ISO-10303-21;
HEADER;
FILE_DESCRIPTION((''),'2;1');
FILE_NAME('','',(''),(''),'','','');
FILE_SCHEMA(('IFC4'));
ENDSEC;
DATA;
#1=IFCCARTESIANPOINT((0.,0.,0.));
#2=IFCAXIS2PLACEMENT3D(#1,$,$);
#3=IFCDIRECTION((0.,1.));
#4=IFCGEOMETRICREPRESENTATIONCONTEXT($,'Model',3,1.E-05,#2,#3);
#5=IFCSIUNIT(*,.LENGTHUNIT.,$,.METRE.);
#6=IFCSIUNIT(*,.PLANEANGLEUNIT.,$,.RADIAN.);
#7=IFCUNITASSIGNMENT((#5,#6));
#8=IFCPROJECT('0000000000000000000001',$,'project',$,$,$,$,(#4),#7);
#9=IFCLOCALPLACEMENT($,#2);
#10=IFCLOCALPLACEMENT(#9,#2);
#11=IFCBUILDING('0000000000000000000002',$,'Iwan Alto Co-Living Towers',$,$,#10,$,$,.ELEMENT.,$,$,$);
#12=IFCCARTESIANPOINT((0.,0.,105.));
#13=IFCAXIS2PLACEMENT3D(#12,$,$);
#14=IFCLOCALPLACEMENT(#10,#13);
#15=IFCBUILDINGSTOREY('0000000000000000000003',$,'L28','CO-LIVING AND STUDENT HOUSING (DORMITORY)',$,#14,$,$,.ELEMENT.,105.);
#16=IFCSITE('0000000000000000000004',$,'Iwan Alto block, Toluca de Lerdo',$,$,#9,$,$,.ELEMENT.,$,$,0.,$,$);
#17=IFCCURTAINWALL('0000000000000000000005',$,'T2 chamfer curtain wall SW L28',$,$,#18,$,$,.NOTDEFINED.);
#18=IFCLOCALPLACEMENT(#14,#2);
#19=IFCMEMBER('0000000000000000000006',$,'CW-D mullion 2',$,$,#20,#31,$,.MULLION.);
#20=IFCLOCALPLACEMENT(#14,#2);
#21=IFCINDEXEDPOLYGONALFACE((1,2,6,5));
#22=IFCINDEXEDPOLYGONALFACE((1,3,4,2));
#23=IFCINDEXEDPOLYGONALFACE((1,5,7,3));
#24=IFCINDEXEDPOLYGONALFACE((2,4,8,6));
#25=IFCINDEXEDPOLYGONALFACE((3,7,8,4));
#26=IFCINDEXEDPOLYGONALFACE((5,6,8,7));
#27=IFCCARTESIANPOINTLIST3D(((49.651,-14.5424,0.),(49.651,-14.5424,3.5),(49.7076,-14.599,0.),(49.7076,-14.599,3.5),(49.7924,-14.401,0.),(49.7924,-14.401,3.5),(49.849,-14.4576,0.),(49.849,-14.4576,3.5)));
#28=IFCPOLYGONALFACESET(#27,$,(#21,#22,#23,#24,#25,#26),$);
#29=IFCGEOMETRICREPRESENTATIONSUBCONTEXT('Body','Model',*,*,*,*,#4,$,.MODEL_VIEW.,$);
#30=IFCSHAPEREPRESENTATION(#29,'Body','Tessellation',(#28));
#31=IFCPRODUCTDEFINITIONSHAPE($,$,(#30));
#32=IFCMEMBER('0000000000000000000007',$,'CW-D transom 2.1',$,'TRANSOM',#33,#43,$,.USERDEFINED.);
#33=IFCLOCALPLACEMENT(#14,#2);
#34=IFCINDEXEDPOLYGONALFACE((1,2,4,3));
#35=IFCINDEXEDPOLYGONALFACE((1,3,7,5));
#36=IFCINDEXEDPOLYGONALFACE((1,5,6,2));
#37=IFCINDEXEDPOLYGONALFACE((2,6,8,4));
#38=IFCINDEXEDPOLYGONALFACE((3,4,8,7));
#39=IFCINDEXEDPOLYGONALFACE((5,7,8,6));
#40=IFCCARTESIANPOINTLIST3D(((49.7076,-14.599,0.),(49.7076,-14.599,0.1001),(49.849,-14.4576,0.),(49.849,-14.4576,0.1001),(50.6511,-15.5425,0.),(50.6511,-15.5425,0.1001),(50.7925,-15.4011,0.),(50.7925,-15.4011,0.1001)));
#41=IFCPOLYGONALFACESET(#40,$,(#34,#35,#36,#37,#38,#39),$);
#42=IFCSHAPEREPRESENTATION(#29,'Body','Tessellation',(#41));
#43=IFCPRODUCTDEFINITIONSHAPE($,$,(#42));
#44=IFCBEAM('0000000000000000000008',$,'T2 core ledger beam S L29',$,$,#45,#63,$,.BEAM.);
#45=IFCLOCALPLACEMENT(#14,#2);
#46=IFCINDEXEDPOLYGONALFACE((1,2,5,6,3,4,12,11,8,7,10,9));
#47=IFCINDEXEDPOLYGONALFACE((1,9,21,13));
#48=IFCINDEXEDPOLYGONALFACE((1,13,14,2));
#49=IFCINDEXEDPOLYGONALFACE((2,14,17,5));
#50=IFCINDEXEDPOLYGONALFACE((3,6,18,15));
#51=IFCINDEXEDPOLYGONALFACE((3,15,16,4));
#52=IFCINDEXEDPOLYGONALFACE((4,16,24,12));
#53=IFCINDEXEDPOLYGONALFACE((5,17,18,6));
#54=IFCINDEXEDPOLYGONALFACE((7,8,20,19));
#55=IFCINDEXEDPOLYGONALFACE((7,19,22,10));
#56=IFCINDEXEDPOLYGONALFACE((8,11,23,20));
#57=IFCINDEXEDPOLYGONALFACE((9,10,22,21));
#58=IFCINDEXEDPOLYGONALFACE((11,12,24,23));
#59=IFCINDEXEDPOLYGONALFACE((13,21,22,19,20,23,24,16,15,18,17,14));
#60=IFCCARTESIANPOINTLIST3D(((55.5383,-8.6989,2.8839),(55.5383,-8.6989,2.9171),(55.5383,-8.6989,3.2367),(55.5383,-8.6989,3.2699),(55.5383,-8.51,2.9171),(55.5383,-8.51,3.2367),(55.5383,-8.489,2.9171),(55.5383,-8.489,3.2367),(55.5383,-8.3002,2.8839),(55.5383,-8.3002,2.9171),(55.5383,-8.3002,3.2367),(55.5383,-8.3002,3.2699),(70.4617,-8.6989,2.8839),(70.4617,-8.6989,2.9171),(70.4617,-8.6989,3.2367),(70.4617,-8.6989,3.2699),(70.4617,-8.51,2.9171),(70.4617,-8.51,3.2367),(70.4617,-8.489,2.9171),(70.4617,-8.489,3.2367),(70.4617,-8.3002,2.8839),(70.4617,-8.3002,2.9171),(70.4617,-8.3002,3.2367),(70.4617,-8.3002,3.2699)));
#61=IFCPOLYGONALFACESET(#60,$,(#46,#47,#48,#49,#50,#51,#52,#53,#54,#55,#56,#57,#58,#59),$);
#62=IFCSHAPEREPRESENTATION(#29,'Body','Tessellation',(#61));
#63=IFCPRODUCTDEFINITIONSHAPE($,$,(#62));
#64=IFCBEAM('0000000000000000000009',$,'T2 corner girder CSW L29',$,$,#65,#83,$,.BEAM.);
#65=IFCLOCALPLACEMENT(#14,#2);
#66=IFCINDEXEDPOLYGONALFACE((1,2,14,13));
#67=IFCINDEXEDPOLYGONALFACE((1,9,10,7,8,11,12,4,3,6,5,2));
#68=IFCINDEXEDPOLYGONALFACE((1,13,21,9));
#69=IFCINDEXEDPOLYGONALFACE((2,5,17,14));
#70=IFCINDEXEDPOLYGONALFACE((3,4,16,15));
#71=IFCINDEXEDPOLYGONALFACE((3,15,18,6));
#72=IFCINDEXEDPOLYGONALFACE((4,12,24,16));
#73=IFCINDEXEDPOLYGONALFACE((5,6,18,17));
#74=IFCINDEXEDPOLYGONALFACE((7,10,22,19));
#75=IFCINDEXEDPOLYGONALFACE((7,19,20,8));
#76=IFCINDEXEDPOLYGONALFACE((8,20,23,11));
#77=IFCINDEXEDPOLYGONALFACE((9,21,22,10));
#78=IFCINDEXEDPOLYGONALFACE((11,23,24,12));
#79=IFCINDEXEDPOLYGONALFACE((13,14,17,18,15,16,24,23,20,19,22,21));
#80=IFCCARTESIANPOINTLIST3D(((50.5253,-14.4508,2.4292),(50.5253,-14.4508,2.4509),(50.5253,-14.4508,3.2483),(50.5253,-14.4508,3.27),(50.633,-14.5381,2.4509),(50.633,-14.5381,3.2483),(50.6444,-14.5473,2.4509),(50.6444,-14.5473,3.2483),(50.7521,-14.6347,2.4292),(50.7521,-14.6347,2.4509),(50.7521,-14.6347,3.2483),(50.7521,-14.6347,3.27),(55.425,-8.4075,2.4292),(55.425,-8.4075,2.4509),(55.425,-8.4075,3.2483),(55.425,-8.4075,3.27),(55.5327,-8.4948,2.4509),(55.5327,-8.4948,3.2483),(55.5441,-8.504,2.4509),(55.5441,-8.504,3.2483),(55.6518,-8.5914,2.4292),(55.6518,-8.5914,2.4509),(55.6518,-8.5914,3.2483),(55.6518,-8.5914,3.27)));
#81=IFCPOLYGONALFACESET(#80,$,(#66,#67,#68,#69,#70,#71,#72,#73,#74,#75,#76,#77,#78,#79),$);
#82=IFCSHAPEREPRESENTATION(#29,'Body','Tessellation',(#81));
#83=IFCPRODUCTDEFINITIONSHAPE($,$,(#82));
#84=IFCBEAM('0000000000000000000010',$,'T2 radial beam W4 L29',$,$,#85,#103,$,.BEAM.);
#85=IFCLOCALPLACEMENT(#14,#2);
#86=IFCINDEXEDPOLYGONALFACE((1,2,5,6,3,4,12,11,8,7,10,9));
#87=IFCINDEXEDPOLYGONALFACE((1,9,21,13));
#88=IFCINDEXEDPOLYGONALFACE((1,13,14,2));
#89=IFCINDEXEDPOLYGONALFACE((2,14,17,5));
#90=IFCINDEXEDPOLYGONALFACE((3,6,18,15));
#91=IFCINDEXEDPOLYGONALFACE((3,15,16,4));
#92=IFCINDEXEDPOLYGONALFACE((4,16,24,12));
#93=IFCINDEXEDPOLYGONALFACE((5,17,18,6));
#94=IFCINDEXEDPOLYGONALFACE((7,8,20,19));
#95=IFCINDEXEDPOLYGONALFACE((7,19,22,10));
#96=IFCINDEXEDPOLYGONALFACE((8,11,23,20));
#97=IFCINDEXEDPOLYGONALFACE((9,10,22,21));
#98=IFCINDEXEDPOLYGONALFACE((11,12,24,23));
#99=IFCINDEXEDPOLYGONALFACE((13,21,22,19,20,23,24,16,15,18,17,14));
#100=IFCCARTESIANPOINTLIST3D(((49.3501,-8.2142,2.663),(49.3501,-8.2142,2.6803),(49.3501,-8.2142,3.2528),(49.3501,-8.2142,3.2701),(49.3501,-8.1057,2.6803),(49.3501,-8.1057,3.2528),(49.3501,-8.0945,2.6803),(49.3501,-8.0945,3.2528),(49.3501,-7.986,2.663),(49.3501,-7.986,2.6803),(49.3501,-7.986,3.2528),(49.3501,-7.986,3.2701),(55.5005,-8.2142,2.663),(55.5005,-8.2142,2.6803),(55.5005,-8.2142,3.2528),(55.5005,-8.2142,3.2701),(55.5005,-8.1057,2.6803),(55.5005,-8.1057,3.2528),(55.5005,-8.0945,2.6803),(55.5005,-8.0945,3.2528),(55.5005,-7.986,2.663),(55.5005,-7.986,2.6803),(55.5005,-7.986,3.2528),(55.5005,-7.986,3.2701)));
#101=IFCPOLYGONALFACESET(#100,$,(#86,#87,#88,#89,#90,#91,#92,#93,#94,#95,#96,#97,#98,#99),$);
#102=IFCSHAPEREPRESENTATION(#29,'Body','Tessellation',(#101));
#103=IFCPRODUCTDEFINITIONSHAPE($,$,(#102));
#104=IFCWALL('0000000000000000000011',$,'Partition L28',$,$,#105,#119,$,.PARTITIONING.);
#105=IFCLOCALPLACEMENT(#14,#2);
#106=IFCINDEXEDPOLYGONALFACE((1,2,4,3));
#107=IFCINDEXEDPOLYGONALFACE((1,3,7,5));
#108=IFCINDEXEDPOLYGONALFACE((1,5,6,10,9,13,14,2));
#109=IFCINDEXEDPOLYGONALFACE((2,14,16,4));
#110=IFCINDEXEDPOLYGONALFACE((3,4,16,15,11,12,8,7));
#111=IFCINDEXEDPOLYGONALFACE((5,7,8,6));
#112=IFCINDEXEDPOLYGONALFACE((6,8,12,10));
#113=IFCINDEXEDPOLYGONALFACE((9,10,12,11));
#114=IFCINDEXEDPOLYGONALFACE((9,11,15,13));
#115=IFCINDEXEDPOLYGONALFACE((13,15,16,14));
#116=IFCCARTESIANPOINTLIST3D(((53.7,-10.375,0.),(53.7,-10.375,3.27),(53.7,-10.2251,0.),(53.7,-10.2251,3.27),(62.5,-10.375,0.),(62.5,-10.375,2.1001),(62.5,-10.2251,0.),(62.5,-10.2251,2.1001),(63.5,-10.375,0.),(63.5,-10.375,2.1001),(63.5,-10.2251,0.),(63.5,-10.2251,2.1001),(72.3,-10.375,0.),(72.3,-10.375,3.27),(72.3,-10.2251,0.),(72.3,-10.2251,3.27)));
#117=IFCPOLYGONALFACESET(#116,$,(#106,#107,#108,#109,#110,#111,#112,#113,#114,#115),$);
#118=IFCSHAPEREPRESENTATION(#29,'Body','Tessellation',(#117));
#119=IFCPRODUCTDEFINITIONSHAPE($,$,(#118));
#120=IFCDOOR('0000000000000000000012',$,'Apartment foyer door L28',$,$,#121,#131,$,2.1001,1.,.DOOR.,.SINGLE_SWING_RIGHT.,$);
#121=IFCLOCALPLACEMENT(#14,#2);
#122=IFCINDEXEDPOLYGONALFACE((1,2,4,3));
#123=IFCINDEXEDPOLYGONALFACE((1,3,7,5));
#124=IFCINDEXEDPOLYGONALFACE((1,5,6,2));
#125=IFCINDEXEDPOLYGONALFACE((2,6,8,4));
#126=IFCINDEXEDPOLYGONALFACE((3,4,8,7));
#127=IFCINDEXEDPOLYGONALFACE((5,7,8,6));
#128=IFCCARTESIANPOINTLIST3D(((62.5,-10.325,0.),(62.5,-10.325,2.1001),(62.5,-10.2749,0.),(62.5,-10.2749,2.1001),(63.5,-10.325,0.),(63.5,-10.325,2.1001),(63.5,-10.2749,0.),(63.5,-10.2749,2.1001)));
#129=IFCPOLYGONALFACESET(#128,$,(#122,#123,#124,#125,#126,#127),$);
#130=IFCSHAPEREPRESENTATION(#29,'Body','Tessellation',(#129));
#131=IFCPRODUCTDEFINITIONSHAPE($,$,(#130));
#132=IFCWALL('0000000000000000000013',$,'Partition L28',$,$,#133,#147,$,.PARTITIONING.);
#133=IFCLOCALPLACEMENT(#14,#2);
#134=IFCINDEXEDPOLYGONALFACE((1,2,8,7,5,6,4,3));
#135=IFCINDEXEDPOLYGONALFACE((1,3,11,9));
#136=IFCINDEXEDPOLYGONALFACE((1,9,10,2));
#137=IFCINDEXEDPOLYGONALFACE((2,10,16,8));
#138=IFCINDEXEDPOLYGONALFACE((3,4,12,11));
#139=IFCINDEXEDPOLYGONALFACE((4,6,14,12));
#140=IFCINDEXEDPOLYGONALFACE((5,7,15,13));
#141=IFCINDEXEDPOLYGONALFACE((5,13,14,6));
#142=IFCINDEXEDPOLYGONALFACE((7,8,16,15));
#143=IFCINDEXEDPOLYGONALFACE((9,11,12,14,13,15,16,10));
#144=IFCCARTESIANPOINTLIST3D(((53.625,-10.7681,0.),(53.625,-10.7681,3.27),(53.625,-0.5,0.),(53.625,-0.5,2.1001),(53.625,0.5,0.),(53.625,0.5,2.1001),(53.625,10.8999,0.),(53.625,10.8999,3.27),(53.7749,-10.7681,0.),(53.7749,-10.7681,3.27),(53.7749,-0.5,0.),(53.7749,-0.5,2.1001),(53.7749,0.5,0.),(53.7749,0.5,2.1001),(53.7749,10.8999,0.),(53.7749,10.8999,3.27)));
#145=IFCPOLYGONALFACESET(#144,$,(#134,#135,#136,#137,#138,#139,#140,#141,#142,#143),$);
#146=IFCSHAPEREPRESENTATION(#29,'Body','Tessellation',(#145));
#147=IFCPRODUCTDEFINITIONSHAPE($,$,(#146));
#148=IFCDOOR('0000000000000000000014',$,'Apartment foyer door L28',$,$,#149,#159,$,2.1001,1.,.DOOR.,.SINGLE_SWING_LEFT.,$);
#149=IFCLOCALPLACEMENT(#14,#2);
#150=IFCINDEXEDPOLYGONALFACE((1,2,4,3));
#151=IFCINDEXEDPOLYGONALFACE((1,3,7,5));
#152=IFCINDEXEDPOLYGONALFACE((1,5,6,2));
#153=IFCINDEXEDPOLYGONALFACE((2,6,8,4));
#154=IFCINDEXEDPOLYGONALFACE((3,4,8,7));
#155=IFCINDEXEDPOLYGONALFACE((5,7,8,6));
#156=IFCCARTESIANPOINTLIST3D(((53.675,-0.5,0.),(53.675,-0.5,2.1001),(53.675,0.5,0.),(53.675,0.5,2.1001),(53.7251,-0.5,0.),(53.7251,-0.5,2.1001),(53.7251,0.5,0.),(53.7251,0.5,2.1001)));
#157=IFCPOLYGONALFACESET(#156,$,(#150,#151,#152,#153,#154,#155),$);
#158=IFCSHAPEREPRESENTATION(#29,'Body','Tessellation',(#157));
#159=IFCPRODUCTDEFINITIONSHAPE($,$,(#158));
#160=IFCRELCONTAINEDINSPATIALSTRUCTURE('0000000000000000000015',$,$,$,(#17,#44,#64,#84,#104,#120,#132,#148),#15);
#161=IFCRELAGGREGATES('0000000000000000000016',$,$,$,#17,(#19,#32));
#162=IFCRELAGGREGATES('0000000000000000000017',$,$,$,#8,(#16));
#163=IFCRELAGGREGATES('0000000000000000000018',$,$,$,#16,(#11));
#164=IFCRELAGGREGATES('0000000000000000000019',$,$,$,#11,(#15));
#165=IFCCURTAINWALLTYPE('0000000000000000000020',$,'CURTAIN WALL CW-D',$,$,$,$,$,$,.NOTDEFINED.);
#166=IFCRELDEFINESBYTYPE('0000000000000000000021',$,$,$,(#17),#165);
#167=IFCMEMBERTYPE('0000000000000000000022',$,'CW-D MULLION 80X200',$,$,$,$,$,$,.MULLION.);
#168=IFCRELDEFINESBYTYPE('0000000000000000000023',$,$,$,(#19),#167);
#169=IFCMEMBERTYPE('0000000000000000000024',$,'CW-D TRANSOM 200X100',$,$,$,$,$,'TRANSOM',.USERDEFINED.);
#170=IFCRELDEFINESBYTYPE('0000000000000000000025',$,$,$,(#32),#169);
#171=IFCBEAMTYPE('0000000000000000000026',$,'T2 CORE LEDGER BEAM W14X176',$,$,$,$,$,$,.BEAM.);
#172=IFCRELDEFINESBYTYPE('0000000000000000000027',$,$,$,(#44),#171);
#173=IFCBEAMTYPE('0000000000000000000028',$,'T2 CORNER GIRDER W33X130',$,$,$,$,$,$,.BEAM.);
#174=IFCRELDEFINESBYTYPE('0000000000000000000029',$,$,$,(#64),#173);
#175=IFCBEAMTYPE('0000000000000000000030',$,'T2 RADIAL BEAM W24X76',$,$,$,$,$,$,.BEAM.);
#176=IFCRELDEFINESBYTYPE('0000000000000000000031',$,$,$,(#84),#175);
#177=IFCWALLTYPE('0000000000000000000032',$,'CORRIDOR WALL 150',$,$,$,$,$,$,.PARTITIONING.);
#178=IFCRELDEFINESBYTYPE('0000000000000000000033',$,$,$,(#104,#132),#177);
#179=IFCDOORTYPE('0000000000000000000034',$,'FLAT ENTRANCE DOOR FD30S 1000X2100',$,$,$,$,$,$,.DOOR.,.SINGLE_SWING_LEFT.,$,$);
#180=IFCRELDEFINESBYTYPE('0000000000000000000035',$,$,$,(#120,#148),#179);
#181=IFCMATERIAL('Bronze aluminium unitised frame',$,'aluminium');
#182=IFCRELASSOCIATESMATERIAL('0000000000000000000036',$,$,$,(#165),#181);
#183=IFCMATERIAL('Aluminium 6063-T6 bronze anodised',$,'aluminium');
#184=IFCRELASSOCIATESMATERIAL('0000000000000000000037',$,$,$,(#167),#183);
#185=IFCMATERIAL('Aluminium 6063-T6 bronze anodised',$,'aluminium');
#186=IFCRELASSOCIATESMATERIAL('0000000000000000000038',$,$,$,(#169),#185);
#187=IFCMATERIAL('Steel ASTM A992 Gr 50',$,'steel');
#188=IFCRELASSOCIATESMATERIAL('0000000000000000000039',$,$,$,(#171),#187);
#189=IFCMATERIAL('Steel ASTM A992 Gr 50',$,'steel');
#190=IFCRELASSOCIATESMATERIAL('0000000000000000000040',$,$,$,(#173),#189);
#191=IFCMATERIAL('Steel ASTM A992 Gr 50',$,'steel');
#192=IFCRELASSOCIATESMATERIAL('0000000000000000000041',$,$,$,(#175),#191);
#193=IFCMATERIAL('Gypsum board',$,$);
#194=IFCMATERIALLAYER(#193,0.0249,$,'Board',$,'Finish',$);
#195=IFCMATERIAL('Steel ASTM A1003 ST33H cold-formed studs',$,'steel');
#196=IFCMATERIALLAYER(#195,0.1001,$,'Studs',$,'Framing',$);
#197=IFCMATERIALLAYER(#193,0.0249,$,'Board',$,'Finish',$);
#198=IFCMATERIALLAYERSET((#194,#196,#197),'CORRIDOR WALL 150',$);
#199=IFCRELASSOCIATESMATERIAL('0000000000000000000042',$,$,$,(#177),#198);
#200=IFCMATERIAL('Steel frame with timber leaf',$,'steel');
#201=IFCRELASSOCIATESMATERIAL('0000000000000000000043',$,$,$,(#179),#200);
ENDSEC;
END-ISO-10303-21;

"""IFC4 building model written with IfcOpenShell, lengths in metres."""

from ifc_helpers import new_model, si_unit, direction, frame, frame_2d, origin, origin_2d, place, context, subcontext, project, spatial, rectangle, i_section, extrude, material, layer, layer_set, material_profile, profile_set, type_object, element, fill, aggregate, save


model = new_model("IFC4")

# Units and contexts
model_context = context("Model", 3, precision=1e-05, world=origin(), true_north=direction((0.0, 1.0)))
body_context = subcontext(model_context, "Body", "Model", "MODEL_VIEW")
ifc_project = project(units=[si_unit("LENGTHUNIT", "METRE"), si_unit("PLANEANGLEUNIT", "RADIAN")], contexts=[model_context])

# Site, building, storey
site_placement = place(None, origin())
site = spatial("IfcSite", under=ifc_project, at=site_placement, Name="Iwan Alto block, Toluca de Lerdo", CompositionType="ELEMENT", RefElevation=0.0)
building_placement = place(site_placement, origin())
building = spatial("IfcBuilding", under=site, at=building_placement, Name="Iwan Alto Co-Living Towers", CompositionType="ELEMENT")
storey_placement = place(building_placement, frame((0.0, 0.0, 105.0)))
storey = spatial("IfcBuildingStorey", under=building, at=storey_placement, Name="L28", Description="CO-LIVING AND STUDENT HOUSING (DORMITORY)", CompositionType="ELEMENT", Elevation=105.0)

# Curtain wall, members
ifc_material_1 = material(Name="Bronze aluminium unitised frame", Category="aluminium")
curtain_wall_type = type_object("IfcCurtainWallType", Name="CURTAIN WALL CW-D", PredefinedType="NOTDEFINED", material=ifc_material_1)
curtain_wall_placement = place(storey_placement, origin())
curtain_wall = element("IfcCurtainWall", 1, at=curtain_wall_placement, inside=storey, type_object=curtain_wall_type, Name="T2 chamfer curtain wall SW L28", PredefinedType="NOTDEFINED")
ifc_material_2 = material(Name="Aluminium 6063-T6 bronze anodised", Category="aluminium")
ifc_material_profile_1 = material_profile(ifc_material_2, rectangle(XDim=0.2, YDim=0.0801, at=origin_2d()), Name="AL 80X200")
ifc_profile_set_1 = profile_set([ifc_material_profile_1], Name="Aluminium 6063-T6 bronze anodised")
member_type_1 = type_object("IfcMemberType", Name="CW-D MULLION 80X200", PredefinedType="MULLION", material=ifc_profile_set_1)
member_1_placement = place(storey_placement, frame((49.75, -14.5, 0.0), z_axis=(0.0, 0.0, 1.0), x_axis=(0.707107, 0.707107, 0.0)))
member_1 = element("IfcMember", 2, at=member_1_placement, type_object=member_type_1, Name="CW-D mullion 2", PredefinedType="MULLION", context=body_context, shape_type="SweptSolid", body=[
    extrude(rectangle(XDim=0.2, YDim=0.0801, at=origin_2d()), origin(), (0.0, 0.0, 1.0), 3.5),
])
ifc_material_3 = material(Name="Aluminium 6063-T6 bronze anodised", Category="aluminium")
ifc_material_profile_2 = material_profile(ifc_material_3, rectangle(XDim=0.2, YDim=0.1001, at=origin_2d()), Name="AL 200X100")
ifc_profile_set_2 = profile_set([ifc_material_profile_2], Name="Aluminium 6063-T6 bronze anodised")
member_type_2 = type_object("IfcMemberType", Name="CW-D TRANSOM 200X100", ElementType="TRANSOM", PredefinedType="USERDEFINED", material=ifc_profile_set_2)
member_2_placement = place(storey_placement, frame((49.7783, -14.5283, 0.05), z_axis=(0.707107, -0.707107, 0.0), x_axis=(0.707107, 0.707107, 0.0)))
member_2 = element("IfcMember", 3, at=member_2_placement, type_object=member_type_2, Name="CW-D transom 2.1", ObjectType="TRANSOM", PredefinedType="USERDEFINED", context=body_context, shape_type="SweptSolid", body=[
    extrude(rectangle(XDim=0.2, YDim=0.1001, at=origin_2d()), origin(), (0.0, 0.0, 1.0), 1.3342),
])
aggregate(curtain_wall, [member_1, member_2])

# Beams
ifc_material_4 = material(Name="Steel ASTM A992 Gr 50", Category="steel")
ifc_material_profile_3 = material_profile(ifc_material_4, i_section(OverallWidth=0.3987, OverallDepth=0.386, WebThickness=0.021, FlangeThickness=0.0332, at=origin_2d()), Name="W14X176")
ifc_profile_set_3 = profile_set([ifc_material_profile_3], Name="Steel ASTM A992 Gr 50")
beam_type_1 = type_object("IfcBeamType", Name="T2 CORE LEDGER BEAM W14X176", PredefinedType="BEAM", material=ifc_profile_set_3)
beam_1_placement = place(storey_placement, frame((55.5383, -8.4995, 3.0769), z_axis=(1.0, 0.0, 0.0), x_axis=(0.0, 1.0, 0.0)))
element("IfcBeam", 4, at=beam_1_placement, inside=storey, type_object=beam_type_1, Name="T2 core ledger beam S L29", PredefinedType="BEAM", context=body_context, shape_type="SweptSolid", body=[
    extrude(i_section(OverallWidth=0.3987, OverallDepth=0.386, WebThickness=0.021, FlangeThickness=0.0332, at=origin_2d()), origin(), (0.0, 0.0, 1.0), 14.9233),
])
ifc_material_5 = material(Name="Steel ASTM A992 Gr 50", Category="steel")
ifc_material_profile_4 = material_profile(ifc_material_5, i_section(OverallWidth=0.292, OverallDepth=0.8408, WebThickness=0.0146, FlangeThickness=0.0217, at=origin_2d()), Name="W33X130")
ifc_profile_set_4 = profile_set([ifc_material_profile_4], Name="Steel ASTM A992 Gr 50")
beam_type_2 = type_object("IfcBeamType", Name="T2 CORNER GIRDER W33X130", PredefinedType="BEAM", material=ifc_profile_set_4)
beam_2_placement = place(storey_placement, frame((50.6387, -14.5427, 2.8496), z_axis=(0.629783, 0.776771, 0.0), x_axis=(-0.776771, 0.629783, 0.0)))
element("IfcBeam", 5, at=beam_2_placement, inside=storey, type_object=beam_type_2, Name="T2 corner girder CSW L29", PredefinedType="BEAM", context=body_context, shape_type="SweptSolid", body=[
    extrude(i_section(OverallWidth=0.292, OverallDepth=0.8408, WebThickness=0.0146, FlangeThickness=0.0217, at=origin_2d()), origin(), (0.0, 0.0, 1.0), 7.78),
])
ifc_material_6 = material(Name="Steel ASTM A992 Gr 50", Category="steel")
ifc_material_profile_5 = material_profile(ifc_material_6, i_section(OverallWidth=0.2283, OverallDepth=0.6072, WebThickness=0.0112, FlangeThickness=0.0173, at=origin_2d()), Name="W24X76")
ifc_profile_set_5 = profile_set([ifc_material_profile_5], Name="Steel ASTM A992 Gr 50")
beam_type_3 = type_object("IfcBeamType", Name="T2 RADIAL BEAM W24X76", PredefinedType="BEAM", material=ifc_profile_set_5)
beam_3_placement = place(storey_placement, frame((49.3501, -8.1001, 2.9666), z_axis=(1.0, 0.0, 0.0), x_axis=(0.0, 1.0, 0.0)))
element("IfcBeam", 6, at=beam_3_placement, inside=storey, type_object=beam_type_3, Name="T2 radial beam W4 L29", PredefinedType="BEAM", context=body_context, shape_type="SweptSolid", body=[
    extrude(i_section(OverallWidth=0.2283, OverallDepth=0.6072, WebThickness=0.0112, FlangeThickness=0.0173, at=origin_2d()), origin(), (0.0, 0.0, 1.0), 6.1504),
])

# Walls, openings, doors
ifc_material_7 = material(Name="Gypsum board")
ifc_layer_1 = layer(ifc_material_7, 0.0249, Name="Board", Category="Finish")
ifc_material_8 = material(Name="Steel ASTM A1003 ST33H cold-formed studs", Category="steel")
ifc_layer_2 = layer(ifc_material_8, 0.1001, Name="Studs", Category="Framing")
ifc_layer_3 = layer(ifc_material_7, 0.0249, Name="Board", Category="Finish")
ifc_layer_set_1 = layer_set([ifc_layer_1, ifc_layer_2, ifc_layer_3], Name="CORRIDOR WALL 150")
wall_type_1 = type_object("IfcWallType", Name="CORRIDOR WALL 150", PredefinedType="PARTITIONING", material=ifc_layer_set_1)
wall_1_placement = place(storey_placement, frame((53.7, -10.3, 0.0), z_axis=(0.0, 0.0, 1.0), x_axis=(1.0, 0.0, 0.0)))
wall_1 = element("IfcWall", 7, at=wall_1_placement, inside=storey, type_object=wall_type_1, Name="Partition L28", PredefinedType="PARTITIONING", context=body_context, shape_type="SweptSolid", body=[
    extrude(rectangle(XDim=18.6001, YDim=0.1499, at=frame_2d((9.3, 0.0))), origin(), (0.0, 0.0, 1.0), 3.27),
])
opening_1_placement = place(wall_1_placement, frame((8.8, 0.0, 0.0)))
opening_1 = element("IfcOpeningElement", 8, at=opening_1_placement, cuts=wall_1, PredefinedType="OPENING", context=body_context, shape_type="SweptSolid", body=[
    extrude(rectangle(XDim=1.0, YDim=2.1001, at=frame_2d((0.5, 1.05))), frame((0.0, 0.085, 0.0), z_axis=(0.0, -1.0, 0.0), x_axis=(1.0, 0.0, 0.0)), (0.0, 0.0, 1.0), 0.1699),
])
ifc_material_9 = material(Name="Steel frame with timber leaf", Category="steel")
door_type_1 = type_object("IfcDoorType", Name="FLAT ENTRANCE DOOR FD30S 1000X2100", OperationType="SINGLE_SWING_LEFT", PredefinedType="DOOR", material=ifc_material_9)
door_1_placement = place(opening_1_placement, frame((1.0, 0.0, 0.0), z_axis=(0.0, 0.0, 1.0), x_axis=(-1.0, 0.0, 0.0)))
door_1 = element("IfcDoor", 9, at=door_1_placement, inside=storey, type_object=door_type_1, Name="Apartment foyer door L28", OperationType="SINGLE_SWING_RIGHT", OverallHeight=2.1001, OverallWidth=1.0, PredefinedType="DOOR", context=body_context, shape_type="SweptSolid", body=[
    extrude(rectangle(XDim=1.0, YDim=2.1001, at=frame_2d((0.5, 1.05))), frame((0.0, 0.0249, 0.0), z_axis=(0.0, -1.0, 0.0), x_axis=(1.0, 0.0, 0.0)), (0.0, 0.0, 1.0), 0.05),
])
fill(opening_1, door_1)
wall_2_placement = place(storey_placement, frame((53.7, -10.7681, 0.0), z_axis=(0.0, 0.0, 1.0), x_axis=(0.0, 1.0, 0.0)))
wall_2 = element("IfcWall", 10, at=wall_2_placement, inside=storey, type_object=wall_type_1, Name="Partition L28", PredefinedType="PARTITIONING", context=body_context, shape_type="SweptSolid", body=[
    extrude(rectangle(XDim=21.668, YDim=0.1499, at=frame_2d((10.834, 0.0))), origin(), (0.0, 0.0, 1.0), 3.27),
])
opening_2_placement = place(wall_2_placement, frame((10.2681, 0.0, 0.0)))
opening_2 = element("IfcOpeningElement", 11, at=opening_2_placement, cuts=wall_2, PredefinedType="OPENING", context=body_context, shape_type="SweptSolid", body=[
    extrude(rectangle(XDim=1.0, YDim=2.1001, at=frame_2d((0.5, 1.05))), frame((0.0, 0.085, 0.0), z_axis=(0.0, -1.0, 0.0), x_axis=(1.0, 0.0, 0.0)), (0.0, 0.0, 1.0), 0.1699),
])
door_2_placement = place(opening_2_placement, origin())
door_2 = element("IfcDoor", 12, at=door_2_placement, inside=storey, type_object=door_type_1, Name="Apartment foyer door L28", OperationType="SINGLE_SWING_LEFT", OverallHeight=2.1001, OverallWidth=1.0, PredefinedType="DOOR", context=body_context, shape_type="SweptSolid", body=[
    extrude(rectangle(XDim=1.0, YDim=2.1001, at=frame_2d((0.5, 1.05))), frame((0.0, 0.0249, 0.0), z_axis=(0.0, -1.0, 0.0), x_axis=(1.0, 0.0, 0.0)), (0.0, 0.0, 1.0), 0.05),
])
fill(opening_2, door_2)

save(model, "model.ifc")
